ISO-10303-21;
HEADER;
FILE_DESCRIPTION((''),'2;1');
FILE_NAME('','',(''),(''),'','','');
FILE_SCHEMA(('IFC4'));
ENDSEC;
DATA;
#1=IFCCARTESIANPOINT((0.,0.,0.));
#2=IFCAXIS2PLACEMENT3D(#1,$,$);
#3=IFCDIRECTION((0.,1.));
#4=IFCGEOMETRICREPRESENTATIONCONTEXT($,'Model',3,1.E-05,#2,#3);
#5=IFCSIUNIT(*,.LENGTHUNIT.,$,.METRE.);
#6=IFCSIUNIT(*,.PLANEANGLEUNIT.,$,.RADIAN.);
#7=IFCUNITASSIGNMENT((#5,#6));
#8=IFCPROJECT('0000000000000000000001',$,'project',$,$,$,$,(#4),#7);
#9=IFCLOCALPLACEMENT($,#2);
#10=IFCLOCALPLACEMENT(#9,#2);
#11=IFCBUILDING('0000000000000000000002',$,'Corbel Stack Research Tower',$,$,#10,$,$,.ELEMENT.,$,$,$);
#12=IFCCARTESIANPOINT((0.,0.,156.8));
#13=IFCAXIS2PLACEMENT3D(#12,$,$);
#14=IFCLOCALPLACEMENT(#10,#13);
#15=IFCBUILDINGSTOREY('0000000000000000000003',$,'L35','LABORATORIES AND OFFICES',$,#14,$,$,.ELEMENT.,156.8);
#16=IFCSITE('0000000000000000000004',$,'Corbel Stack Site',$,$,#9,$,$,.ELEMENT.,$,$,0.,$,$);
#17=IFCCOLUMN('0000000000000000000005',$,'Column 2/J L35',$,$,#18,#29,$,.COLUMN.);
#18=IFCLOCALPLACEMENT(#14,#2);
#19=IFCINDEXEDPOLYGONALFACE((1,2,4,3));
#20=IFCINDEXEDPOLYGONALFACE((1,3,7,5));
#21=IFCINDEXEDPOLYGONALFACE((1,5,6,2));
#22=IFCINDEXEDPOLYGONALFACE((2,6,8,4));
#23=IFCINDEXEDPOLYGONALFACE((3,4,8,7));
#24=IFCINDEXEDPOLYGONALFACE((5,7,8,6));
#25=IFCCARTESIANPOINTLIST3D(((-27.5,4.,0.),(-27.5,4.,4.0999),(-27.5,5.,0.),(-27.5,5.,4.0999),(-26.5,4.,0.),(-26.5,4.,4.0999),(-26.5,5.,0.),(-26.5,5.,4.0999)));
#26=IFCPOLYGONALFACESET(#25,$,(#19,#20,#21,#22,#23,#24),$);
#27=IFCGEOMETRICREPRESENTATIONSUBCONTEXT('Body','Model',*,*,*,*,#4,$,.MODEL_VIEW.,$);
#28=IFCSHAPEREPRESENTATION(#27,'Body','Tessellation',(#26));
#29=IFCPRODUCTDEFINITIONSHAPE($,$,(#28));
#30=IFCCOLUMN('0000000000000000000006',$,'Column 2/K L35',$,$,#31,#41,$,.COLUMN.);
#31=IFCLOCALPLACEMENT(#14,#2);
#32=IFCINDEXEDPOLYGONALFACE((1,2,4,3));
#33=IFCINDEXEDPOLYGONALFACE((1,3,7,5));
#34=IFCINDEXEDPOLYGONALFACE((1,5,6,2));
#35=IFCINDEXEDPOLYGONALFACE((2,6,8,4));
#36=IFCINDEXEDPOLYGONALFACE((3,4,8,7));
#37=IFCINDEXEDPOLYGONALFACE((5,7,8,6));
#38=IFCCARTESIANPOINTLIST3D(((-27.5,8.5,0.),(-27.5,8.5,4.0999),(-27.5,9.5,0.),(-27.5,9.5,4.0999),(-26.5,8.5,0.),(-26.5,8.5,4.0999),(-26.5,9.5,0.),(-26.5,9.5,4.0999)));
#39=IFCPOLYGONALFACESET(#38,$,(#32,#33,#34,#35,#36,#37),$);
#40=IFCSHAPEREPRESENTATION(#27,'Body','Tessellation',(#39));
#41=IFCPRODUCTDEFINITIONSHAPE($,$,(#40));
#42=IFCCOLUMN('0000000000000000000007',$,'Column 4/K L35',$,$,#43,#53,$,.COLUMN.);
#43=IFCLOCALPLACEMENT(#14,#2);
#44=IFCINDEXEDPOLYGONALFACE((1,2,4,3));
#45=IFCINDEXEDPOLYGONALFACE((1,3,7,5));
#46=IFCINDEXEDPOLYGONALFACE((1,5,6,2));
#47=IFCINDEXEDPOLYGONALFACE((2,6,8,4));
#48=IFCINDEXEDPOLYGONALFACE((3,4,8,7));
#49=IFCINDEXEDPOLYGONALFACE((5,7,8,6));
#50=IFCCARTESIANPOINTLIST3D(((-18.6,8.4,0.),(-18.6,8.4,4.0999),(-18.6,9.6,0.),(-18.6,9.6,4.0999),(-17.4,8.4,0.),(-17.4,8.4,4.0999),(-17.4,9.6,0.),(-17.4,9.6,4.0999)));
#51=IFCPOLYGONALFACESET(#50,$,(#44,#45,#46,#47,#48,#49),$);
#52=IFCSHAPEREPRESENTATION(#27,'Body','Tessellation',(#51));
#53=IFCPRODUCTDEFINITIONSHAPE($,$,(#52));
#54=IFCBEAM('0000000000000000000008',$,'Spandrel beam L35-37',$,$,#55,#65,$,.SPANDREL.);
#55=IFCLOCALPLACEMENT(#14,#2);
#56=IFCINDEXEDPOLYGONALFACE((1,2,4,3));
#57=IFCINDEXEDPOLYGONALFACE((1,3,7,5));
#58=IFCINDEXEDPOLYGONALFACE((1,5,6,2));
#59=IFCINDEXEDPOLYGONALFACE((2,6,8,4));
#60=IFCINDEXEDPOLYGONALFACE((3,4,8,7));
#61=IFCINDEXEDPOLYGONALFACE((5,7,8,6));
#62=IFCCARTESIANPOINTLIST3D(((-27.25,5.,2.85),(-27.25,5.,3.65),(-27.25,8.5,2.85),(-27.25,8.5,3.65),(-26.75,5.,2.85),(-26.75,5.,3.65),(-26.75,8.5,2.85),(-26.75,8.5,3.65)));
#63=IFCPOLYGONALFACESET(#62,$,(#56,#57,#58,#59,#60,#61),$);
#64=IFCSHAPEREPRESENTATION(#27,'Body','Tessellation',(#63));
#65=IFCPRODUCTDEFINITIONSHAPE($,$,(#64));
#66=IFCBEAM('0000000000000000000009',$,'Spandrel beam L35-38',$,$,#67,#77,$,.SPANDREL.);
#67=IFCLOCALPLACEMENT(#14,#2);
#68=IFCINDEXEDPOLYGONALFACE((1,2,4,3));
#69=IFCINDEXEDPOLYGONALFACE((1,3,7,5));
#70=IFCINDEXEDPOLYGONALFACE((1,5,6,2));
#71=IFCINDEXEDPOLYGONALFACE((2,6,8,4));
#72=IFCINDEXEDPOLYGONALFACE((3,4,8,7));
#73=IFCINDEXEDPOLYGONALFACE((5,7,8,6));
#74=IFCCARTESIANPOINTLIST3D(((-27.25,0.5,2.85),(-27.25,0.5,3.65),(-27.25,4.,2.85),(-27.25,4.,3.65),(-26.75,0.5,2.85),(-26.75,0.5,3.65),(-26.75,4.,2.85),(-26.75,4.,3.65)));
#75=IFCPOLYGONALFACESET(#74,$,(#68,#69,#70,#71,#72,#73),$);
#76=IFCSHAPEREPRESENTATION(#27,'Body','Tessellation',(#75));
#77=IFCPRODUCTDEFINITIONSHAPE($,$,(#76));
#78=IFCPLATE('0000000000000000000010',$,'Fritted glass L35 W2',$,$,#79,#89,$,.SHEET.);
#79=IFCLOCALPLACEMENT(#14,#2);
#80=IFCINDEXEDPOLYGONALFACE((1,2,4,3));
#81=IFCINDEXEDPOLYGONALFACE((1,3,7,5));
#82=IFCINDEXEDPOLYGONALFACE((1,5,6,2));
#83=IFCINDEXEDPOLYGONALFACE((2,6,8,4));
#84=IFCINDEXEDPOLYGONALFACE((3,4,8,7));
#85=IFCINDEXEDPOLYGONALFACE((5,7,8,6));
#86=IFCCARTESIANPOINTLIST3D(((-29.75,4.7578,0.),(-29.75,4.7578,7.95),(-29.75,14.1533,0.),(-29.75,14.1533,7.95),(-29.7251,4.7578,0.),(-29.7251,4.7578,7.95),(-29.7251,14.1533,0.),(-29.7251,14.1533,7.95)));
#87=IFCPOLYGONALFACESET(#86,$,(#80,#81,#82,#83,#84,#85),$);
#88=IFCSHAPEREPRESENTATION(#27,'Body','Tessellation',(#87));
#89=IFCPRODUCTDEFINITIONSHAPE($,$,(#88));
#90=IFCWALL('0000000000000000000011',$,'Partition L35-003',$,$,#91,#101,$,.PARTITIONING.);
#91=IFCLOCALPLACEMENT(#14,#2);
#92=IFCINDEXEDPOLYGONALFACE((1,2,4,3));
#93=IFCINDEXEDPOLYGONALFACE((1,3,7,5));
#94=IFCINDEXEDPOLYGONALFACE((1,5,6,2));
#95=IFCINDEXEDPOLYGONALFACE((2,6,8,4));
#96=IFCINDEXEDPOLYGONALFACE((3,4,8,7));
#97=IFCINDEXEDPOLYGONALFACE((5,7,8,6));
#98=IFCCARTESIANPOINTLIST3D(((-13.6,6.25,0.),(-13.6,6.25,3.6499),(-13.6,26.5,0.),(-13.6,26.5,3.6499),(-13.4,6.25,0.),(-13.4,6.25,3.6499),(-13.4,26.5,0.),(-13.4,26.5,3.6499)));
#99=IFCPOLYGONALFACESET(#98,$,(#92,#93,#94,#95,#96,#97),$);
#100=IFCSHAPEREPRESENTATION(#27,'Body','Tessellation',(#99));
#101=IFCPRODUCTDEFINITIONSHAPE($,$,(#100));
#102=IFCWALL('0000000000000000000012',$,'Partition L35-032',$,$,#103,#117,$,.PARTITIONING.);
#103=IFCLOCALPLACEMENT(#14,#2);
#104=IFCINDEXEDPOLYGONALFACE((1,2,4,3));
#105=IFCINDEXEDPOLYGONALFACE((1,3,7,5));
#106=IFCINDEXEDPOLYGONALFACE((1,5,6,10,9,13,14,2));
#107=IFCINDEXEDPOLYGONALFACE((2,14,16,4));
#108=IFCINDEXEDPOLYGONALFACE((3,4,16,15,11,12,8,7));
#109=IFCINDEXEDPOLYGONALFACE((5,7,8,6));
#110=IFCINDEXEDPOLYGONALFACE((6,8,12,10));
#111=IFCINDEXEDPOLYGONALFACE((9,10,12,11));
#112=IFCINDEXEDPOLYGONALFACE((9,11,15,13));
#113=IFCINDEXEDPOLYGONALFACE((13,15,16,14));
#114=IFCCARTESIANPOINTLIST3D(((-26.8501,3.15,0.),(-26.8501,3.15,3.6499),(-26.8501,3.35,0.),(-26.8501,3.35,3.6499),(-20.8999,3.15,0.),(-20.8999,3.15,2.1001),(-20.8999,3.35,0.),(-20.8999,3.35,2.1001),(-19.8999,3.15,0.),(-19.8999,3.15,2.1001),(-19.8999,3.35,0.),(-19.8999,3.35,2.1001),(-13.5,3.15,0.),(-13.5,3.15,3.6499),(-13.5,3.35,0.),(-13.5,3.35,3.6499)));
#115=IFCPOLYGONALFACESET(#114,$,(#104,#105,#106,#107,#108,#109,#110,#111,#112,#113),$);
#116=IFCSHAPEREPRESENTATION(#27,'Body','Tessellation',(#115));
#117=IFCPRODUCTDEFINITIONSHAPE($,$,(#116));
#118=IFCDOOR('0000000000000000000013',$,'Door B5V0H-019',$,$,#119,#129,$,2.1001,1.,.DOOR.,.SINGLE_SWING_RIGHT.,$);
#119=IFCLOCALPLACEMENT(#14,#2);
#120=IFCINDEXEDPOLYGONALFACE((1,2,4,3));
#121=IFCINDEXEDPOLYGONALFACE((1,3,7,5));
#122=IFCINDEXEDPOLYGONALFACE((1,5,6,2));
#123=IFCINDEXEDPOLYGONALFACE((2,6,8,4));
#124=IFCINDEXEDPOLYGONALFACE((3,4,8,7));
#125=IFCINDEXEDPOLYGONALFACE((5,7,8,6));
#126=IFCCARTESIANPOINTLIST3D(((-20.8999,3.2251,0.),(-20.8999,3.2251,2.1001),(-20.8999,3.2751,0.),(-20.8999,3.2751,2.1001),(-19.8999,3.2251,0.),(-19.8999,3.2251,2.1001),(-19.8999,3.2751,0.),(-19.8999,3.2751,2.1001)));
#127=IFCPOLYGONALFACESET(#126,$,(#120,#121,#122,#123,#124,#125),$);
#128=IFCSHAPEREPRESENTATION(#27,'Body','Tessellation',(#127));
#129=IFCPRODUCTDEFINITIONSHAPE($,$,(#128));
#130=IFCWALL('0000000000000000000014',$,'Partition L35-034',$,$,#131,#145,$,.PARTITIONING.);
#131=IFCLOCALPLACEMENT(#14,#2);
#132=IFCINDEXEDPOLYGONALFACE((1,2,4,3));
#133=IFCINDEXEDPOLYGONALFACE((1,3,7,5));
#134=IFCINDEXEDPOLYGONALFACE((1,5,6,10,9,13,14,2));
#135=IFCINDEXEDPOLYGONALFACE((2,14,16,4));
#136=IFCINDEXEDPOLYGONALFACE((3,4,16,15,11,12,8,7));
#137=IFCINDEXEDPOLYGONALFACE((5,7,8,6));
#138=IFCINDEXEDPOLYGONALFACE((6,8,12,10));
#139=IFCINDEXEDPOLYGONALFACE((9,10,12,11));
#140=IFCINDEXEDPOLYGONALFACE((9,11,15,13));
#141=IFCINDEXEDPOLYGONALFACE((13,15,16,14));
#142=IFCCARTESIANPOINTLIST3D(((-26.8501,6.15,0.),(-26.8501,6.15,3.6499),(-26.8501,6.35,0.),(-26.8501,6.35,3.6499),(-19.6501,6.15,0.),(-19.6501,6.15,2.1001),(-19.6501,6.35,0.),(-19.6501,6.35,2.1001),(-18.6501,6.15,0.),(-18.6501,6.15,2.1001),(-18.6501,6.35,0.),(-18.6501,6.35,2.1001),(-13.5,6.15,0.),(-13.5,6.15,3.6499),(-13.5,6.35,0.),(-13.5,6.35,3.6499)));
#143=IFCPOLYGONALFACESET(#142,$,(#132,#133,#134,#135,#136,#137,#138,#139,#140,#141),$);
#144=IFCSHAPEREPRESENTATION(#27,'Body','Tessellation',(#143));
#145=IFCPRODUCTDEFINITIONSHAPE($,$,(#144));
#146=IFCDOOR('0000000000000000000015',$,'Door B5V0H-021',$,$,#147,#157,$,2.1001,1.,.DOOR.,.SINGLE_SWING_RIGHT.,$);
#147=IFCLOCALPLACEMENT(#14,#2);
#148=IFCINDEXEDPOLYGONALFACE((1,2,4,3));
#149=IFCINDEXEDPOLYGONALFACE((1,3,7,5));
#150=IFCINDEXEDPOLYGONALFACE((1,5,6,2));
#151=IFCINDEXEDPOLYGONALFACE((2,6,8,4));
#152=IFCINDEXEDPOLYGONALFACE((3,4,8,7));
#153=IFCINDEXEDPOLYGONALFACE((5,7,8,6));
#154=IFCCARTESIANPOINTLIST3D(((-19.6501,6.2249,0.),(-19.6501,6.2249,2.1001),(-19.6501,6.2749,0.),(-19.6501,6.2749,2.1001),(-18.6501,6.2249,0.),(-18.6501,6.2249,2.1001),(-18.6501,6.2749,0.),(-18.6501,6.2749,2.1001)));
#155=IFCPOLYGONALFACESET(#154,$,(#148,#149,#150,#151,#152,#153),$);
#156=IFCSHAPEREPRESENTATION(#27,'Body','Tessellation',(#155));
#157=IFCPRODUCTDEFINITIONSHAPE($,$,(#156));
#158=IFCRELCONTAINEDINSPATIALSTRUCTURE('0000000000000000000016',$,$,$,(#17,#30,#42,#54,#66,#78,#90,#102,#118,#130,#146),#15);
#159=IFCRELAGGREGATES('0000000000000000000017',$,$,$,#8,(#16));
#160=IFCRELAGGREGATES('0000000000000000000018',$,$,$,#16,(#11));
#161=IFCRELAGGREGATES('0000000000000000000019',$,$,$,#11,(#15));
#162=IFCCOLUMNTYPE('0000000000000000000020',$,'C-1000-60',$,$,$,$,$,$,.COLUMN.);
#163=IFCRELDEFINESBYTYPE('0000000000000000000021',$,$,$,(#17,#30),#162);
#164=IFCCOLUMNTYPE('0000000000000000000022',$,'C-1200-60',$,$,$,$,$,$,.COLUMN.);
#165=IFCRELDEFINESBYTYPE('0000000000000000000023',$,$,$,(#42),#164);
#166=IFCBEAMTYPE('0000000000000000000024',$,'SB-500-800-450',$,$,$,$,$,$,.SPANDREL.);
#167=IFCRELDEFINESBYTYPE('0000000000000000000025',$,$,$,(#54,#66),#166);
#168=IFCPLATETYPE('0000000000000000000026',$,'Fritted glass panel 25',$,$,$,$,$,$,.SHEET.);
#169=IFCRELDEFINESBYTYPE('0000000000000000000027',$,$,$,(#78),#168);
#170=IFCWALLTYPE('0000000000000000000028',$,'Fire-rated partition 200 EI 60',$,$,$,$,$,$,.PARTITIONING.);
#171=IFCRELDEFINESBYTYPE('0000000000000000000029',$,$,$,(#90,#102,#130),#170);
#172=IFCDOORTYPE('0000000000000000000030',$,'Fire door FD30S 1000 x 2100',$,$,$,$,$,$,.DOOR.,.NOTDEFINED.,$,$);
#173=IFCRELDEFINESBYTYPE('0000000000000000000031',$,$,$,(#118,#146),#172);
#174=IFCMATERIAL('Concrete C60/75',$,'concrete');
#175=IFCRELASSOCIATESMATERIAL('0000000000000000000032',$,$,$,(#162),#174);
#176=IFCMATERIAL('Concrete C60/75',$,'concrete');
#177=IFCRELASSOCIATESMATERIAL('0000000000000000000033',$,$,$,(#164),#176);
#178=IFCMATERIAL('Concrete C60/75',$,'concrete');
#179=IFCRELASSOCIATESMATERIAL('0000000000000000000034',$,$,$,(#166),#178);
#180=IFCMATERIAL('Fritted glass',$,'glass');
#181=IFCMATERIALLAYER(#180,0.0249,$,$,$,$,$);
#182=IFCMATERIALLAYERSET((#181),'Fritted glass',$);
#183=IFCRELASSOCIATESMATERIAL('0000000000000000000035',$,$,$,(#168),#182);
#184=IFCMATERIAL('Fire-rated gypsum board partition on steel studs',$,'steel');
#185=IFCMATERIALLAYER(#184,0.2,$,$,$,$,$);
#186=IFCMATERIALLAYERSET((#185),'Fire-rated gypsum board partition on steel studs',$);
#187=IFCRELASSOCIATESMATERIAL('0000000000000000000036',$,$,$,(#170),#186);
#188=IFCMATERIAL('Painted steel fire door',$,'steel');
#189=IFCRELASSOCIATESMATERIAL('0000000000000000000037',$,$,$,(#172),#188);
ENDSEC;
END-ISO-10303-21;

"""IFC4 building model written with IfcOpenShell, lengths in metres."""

from ifc_helpers import new_model, si_unit, direction, frame, frame_2d, origin, origin_2d, place, context, subcontext, project, spatial, rectangle, extrude, material, layer, layer_set, material_profile, profile_set, type_object, element, fill, save


model = new_model("IFC4")

# Units and contexts
model_context = context("Model", 3, precision=1e-05, world=origin(), true_north=direction((0.0, 1.0)))
body_context = subcontext(model_context, "Body", "Model", "MODEL_VIEW")
ifc_project = project(units=[si_unit("LENGTHUNIT", "METRE"), si_unit("PLANEANGLEUNIT", "RADIAN")], contexts=[model_context])

# Site, building, storey
site_placement = place(None, origin())
site = spatial("IfcSite", under=ifc_project, at=site_placement, Name="Corbel Stack Site", CompositionType="ELEMENT", RefElevation=0.0)
building_placement = place(site_placement, origin())
building = spatial("IfcBuilding", under=site, at=building_placement, Name="Corbel Stack Research Tower", CompositionType="ELEMENT")
storey_placement = place(building_placement, frame((0.0, 0.0, 156.8)))
storey = spatial("IfcBuildingStorey", under=building, at=storey_placement, Name="L35", Description="LABORATORIES AND OFFICES", CompositionType="ELEMENT", Elevation=156.8)

# Columns
ifc_material_1 = material(Name="Concrete C60/75", Category="concrete")
ifc_material_profile_1 = material_profile(ifc_material_1, rectangle(XDim=1.0, YDim=1.0, at=origin_2d()), Name="RC 1000 x 1000")
ifc_profile_set_1 = profile_set([ifc_material_profile_1], Name="Concrete C60/75")
column_type_1 = type_object("IfcColumnType", Name="C-1000-60", PredefinedType="COLUMN", material=ifc_profile_set_1)
for number, where, z_axis, x_axis, name in (
    (1, (-27.0, 4.5, 0.0), (0.0, 0.0, 1.0), (1.0, 0.0, 0.0), "Column 2/J L35"),
    (2, (-27.0, 9.0, 0.0), (0.0, 0.0, 1.0), (1.0, 0.0, 0.0), "Column 2/K L35"),
):
    element("IfcColumn", number, at=place(storey_placement, frame(where, z_axis=z_axis, x_axis=x_axis)), inside=storey, type_object=column_type_1, Name=name, PredefinedType="COLUMN", context=body_context, shape_type="SweptSolid", body=[
        extrude(rectangle(XDim=1.0, YDim=1.0, at=origin_2d()), origin(), (0.0, 0.0, 1.0), 4.0999),
    ])
ifc_material_2 = material(Name="Concrete C60/75", Category="concrete")
ifc_material_profile_2 = material_profile(ifc_material_2, rectangle(XDim=1.2, YDim=1.2, at=origin_2d()), Name="RC 1200 x 1200")
ifc_profile_set_2 = profile_set([ifc_material_profile_2], Name="Concrete C60/75")
column_type_2 = type_object("IfcColumnType", Name="C-1200-60", PredefinedType="COLUMN", material=ifc_profile_set_2)
column_placement = place(storey_placement, frame((-18.0, 9.0, 0.0), z_axis=(0.0, 0.0, 1.0), x_axis=(1.0, 0.0, 0.0)))
element("IfcColumn", 3, at=column_placement, inside=storey, type_object=column_type_2, Name="Column 4/K L35", PredefinedType="COLUMN", context=body_context, shape_type="SweptSolid", body=[
    extrude(rectangle(XDim=1.2, YDim=1.2, at=origin_2d()), origin(), (0.0, 0.0, 1.0), 4.0999),
])

# Beams
ifc_material_3 = material(Name="Concrete C60/75", Category="concrete")
ifc_material_profile_3 = material_profile(ifc_material_3, rectangle(XDim=0.5, YDim=0.8, at=origin_2d()), Name="RC 500 x 800")
ifc_profile_set_3 = profile_set([ifc_material_profile_3], Name="Concrete C60/75")
beam_type = type_object("IfcBeamType", Name="SB-500-800-450", PredefinedType="SPANDREL", material=ifc_profile_set_3)
for number, where, z_axis, x_axis, name in (
    (4, (-27.0, 8.5, 3.25), (0.0, -1.0, 0.0), (1.0, 0.0, 0.0), "Spandrel beam L35-37"),
    (5, (-27.0, 4.0, 3.25), (0.0, -1.0, 0.0), (1.0, 0.0, 0.0), "Spandrel beam L35-38"),
):
    element("IfcBeam", number, at=place(storey_placement, frame(where, z_axis=z_axis, x_axis=x_axis)), inside=storey, type_object=beam_type, Name=name, PredefinedType="SPANDREL", context=body_context, shape_type="SweptSolid", body=[
        extrude(rectangle(XDim=0.5, YDim=0.8, at=origin_2d()), origin(), (0.0, 0.0, 1.0), 3.5),
    ])

# Plate
ifc_material_4 = material(Name="Fritted glass", Category="glass")
ifc_layer_1 = layer(ifc_material_4, 0.0249)
ifc_layer_set_1 = layer_set([ifc_layer_1], Name="Fritted glass")
plate_type = type_object("IfcPlateType", Name="Fritted glass panel 25", PredefinedType="SHEET", material=ifc_layer_set_1)
plate_placement = place(storey_placement, frame((-29.7375, 9.4556, 0.0), z_axis=(0.0, 0.0, 1.0), x_axis=(0.0, -1.0, 0.0)))
element("IfcPlate", 6, at=plate_placement, inside=storey, type_object=plate_type, Name="Fritted glass L35 W2", PredefinedType="SHEET", context=body_context, shape_type="SweptSolid", body=[
    extrude(rectangle(XDim=9.3955, YDim=0.0249, at=origin_2d()), origin(), (0.0, 0.0, 1.0), 7.95),
])

# Wall
ifc_material_5 = material(Name="Fire-rated gypsum board partition on steel studs", Category="steel")
ifc_layer_2 = layer(ifc_material_5, 0.2)
ifc_layer_set_2 = layer_set([ifc_layer_2], Name="Fire-rated gypsum board partition on steel studs")
wall_type_1 = type_object("IfcWallType", Name="Fire-rated partition 200 EI 60", PredefinedType="PARTITIONING", material=ifc_layer_set_2)
wall_1_placement = place(storey_placement, frame((-13.5, 6.25, 0.0), z_axis=(0.0, 0.0, 1.0), x_axis=(0.0, 1.0, 0.0)))
element("IfcWall", 7, at=wall_1_placement, inside=storey, type_object=wall_type_1, Name="Partition L35-003", PredefinedType="PARTITIONING", context=body_context, shape_type="SweptSolid", body=[
    extrude(rectangle(XDim=20.25, YDim=0.2, at=frame_2d((10.125, 0.0))), origin(), (0.0, 0.0, 1.0), 3.6499),
])

# Walls, openings, doors
wall_2_placement = place(storey_placement, frame((-13.5, 3.25, 0.0), z_axis=(0.0, 0.0, 1.0), x_axis=(-1.0, 0.0, 0.0)))
wall_2 = element("IfcWall", 8, at=wall_2_placement, inside=storey, type_object=wall_type_1, Name="Partition L35-032", PredefinedType="PARTITIONING", context=body_context, shape_type="SweptSolid", body=[
    extrude(rectangle(XDim=13.3501, YDim=0.2, at=frame_2d((6.675, 0.0))), origin(), (0.0, 0.0, 1.0), 3.6499),
])
opening_1_placement = place(wall_2_placement, frame((6.3999, 0.0, 0.0)))
opening_1 = element("IfcOpeningElement", 9, at=opening_1_placement, cuts=wall_2, PredefinedType="OPENING", context=body_context, shape_type="SweptSolid", body=[
    extrude(rectangle(XDim=1.0, YDim=2.1001, at=frame_2d((0.5, 1.05))), frame((0.0, 0.1099, 0.0), z_axis=(0.0, -1.0, 0.0), x_axis=(1.0, 0.0, 0.0)), (0.0, 0.0, 1.0), 0.22),
])
ifc_material_6 = material(Name="Painted steel fire door", Category="steel")
door_type = type_object("IfcDoorType", Name="Fire door FD30S 1000 x 2100", OperationType="NOTDEFINED", PredefinedType="DOOR", material=ifc_material_6)
door_1_placement = place(opening_1_placement, origin())
door_1 = element("IfcDoor", 10, at=door_1_placement, inside=storey, type_object=door_type, Name="Door B5V0H-019", OperationType="SINGLE_SWING_RIGHT", OverallHeight=2.1001, OverallWidth=1.0, PredefinedType="DOOR", context=body_context, shape_type="SweptSolid", body=[
    extrude(rectangle(XDim=1.0, YDim=2.1001, at=frame_2d((0.5, 1.05))), frame((0.0, 0.0249, 0.0), z_axis=(0.0, -1.0, 0.0), x_axis=(1.0, 0.0, 0.0)), (0.0, 0.0, 1.0), 0.05),
])
fill(opening_1, door_1)
wall_3_placement = place(storey_placement, frame((-26.8501, 6.25, 0.0), z_axis=(0.0, 0.0, 1.0), x_axis=(1.0, 0.0, 0.0)))
wall_3 = element("IfcWall", 11, at=wall_3_placement, inside=storey, type_object=wall_type_1, Name="Partition L35-034", PredefinedType="PARTITIONING", context=body_context, shape_type="SweptSolid", body=[
    extrude(rectangle(XDim=13.3501, YDim=0.2, at=frame_2d((6.675, 0.0))), origin(), (0.0, 0.0, 1.0), 3.6499),
])
opening_2_placement = place(wall_3_placement, frame((7.2, 0.0, 0.0)))
opening_2 = element("IfcOpeningElement", 12, at=opening_2_placement, cuts=wall_3, PredefinedType="OPENING", context=body_context, shape_type="SweptSolid", body=[
    extrude(rectangle(XDim=1.0, YDim=2.1001, at=frame_2d((0.5, 1.05))), frame((0.0, 0.1099, 0.0), z_axis=(0.0, -1.0, 0.0), x_axis=(1.0, 0.0, 0.0)), (0.0, 0.0, 1.0), 0.22),
])
door_2_placement = place(opening_2_placement, origin())
door_2 = element("IfcDoor", 13, at=door_2_placement, inside=storey, type_object=door_type, Name="Door B5V0H-021", OperationType="SINGLE_SWING_RIGHT", OverallHeight=2.1001, OverallWidth=1.0, PredefinedType="DOOR", context=body_context, shape_type="SweptSolid", body=[
    extrude(rectangle(XDim=1.0, YDim=2.1001, at=frame_2d((0.5, 1.05))), frame((0.0, 0.0249, 0.0), z_axis=(0.0, -1.0, 0.0), x_axis=(1.0, 0.0, 0.0)), (0.0, 0.0, 1.0), 0.05),
])
fill(opening_2, door_2)

save(model, "model.ifc")
